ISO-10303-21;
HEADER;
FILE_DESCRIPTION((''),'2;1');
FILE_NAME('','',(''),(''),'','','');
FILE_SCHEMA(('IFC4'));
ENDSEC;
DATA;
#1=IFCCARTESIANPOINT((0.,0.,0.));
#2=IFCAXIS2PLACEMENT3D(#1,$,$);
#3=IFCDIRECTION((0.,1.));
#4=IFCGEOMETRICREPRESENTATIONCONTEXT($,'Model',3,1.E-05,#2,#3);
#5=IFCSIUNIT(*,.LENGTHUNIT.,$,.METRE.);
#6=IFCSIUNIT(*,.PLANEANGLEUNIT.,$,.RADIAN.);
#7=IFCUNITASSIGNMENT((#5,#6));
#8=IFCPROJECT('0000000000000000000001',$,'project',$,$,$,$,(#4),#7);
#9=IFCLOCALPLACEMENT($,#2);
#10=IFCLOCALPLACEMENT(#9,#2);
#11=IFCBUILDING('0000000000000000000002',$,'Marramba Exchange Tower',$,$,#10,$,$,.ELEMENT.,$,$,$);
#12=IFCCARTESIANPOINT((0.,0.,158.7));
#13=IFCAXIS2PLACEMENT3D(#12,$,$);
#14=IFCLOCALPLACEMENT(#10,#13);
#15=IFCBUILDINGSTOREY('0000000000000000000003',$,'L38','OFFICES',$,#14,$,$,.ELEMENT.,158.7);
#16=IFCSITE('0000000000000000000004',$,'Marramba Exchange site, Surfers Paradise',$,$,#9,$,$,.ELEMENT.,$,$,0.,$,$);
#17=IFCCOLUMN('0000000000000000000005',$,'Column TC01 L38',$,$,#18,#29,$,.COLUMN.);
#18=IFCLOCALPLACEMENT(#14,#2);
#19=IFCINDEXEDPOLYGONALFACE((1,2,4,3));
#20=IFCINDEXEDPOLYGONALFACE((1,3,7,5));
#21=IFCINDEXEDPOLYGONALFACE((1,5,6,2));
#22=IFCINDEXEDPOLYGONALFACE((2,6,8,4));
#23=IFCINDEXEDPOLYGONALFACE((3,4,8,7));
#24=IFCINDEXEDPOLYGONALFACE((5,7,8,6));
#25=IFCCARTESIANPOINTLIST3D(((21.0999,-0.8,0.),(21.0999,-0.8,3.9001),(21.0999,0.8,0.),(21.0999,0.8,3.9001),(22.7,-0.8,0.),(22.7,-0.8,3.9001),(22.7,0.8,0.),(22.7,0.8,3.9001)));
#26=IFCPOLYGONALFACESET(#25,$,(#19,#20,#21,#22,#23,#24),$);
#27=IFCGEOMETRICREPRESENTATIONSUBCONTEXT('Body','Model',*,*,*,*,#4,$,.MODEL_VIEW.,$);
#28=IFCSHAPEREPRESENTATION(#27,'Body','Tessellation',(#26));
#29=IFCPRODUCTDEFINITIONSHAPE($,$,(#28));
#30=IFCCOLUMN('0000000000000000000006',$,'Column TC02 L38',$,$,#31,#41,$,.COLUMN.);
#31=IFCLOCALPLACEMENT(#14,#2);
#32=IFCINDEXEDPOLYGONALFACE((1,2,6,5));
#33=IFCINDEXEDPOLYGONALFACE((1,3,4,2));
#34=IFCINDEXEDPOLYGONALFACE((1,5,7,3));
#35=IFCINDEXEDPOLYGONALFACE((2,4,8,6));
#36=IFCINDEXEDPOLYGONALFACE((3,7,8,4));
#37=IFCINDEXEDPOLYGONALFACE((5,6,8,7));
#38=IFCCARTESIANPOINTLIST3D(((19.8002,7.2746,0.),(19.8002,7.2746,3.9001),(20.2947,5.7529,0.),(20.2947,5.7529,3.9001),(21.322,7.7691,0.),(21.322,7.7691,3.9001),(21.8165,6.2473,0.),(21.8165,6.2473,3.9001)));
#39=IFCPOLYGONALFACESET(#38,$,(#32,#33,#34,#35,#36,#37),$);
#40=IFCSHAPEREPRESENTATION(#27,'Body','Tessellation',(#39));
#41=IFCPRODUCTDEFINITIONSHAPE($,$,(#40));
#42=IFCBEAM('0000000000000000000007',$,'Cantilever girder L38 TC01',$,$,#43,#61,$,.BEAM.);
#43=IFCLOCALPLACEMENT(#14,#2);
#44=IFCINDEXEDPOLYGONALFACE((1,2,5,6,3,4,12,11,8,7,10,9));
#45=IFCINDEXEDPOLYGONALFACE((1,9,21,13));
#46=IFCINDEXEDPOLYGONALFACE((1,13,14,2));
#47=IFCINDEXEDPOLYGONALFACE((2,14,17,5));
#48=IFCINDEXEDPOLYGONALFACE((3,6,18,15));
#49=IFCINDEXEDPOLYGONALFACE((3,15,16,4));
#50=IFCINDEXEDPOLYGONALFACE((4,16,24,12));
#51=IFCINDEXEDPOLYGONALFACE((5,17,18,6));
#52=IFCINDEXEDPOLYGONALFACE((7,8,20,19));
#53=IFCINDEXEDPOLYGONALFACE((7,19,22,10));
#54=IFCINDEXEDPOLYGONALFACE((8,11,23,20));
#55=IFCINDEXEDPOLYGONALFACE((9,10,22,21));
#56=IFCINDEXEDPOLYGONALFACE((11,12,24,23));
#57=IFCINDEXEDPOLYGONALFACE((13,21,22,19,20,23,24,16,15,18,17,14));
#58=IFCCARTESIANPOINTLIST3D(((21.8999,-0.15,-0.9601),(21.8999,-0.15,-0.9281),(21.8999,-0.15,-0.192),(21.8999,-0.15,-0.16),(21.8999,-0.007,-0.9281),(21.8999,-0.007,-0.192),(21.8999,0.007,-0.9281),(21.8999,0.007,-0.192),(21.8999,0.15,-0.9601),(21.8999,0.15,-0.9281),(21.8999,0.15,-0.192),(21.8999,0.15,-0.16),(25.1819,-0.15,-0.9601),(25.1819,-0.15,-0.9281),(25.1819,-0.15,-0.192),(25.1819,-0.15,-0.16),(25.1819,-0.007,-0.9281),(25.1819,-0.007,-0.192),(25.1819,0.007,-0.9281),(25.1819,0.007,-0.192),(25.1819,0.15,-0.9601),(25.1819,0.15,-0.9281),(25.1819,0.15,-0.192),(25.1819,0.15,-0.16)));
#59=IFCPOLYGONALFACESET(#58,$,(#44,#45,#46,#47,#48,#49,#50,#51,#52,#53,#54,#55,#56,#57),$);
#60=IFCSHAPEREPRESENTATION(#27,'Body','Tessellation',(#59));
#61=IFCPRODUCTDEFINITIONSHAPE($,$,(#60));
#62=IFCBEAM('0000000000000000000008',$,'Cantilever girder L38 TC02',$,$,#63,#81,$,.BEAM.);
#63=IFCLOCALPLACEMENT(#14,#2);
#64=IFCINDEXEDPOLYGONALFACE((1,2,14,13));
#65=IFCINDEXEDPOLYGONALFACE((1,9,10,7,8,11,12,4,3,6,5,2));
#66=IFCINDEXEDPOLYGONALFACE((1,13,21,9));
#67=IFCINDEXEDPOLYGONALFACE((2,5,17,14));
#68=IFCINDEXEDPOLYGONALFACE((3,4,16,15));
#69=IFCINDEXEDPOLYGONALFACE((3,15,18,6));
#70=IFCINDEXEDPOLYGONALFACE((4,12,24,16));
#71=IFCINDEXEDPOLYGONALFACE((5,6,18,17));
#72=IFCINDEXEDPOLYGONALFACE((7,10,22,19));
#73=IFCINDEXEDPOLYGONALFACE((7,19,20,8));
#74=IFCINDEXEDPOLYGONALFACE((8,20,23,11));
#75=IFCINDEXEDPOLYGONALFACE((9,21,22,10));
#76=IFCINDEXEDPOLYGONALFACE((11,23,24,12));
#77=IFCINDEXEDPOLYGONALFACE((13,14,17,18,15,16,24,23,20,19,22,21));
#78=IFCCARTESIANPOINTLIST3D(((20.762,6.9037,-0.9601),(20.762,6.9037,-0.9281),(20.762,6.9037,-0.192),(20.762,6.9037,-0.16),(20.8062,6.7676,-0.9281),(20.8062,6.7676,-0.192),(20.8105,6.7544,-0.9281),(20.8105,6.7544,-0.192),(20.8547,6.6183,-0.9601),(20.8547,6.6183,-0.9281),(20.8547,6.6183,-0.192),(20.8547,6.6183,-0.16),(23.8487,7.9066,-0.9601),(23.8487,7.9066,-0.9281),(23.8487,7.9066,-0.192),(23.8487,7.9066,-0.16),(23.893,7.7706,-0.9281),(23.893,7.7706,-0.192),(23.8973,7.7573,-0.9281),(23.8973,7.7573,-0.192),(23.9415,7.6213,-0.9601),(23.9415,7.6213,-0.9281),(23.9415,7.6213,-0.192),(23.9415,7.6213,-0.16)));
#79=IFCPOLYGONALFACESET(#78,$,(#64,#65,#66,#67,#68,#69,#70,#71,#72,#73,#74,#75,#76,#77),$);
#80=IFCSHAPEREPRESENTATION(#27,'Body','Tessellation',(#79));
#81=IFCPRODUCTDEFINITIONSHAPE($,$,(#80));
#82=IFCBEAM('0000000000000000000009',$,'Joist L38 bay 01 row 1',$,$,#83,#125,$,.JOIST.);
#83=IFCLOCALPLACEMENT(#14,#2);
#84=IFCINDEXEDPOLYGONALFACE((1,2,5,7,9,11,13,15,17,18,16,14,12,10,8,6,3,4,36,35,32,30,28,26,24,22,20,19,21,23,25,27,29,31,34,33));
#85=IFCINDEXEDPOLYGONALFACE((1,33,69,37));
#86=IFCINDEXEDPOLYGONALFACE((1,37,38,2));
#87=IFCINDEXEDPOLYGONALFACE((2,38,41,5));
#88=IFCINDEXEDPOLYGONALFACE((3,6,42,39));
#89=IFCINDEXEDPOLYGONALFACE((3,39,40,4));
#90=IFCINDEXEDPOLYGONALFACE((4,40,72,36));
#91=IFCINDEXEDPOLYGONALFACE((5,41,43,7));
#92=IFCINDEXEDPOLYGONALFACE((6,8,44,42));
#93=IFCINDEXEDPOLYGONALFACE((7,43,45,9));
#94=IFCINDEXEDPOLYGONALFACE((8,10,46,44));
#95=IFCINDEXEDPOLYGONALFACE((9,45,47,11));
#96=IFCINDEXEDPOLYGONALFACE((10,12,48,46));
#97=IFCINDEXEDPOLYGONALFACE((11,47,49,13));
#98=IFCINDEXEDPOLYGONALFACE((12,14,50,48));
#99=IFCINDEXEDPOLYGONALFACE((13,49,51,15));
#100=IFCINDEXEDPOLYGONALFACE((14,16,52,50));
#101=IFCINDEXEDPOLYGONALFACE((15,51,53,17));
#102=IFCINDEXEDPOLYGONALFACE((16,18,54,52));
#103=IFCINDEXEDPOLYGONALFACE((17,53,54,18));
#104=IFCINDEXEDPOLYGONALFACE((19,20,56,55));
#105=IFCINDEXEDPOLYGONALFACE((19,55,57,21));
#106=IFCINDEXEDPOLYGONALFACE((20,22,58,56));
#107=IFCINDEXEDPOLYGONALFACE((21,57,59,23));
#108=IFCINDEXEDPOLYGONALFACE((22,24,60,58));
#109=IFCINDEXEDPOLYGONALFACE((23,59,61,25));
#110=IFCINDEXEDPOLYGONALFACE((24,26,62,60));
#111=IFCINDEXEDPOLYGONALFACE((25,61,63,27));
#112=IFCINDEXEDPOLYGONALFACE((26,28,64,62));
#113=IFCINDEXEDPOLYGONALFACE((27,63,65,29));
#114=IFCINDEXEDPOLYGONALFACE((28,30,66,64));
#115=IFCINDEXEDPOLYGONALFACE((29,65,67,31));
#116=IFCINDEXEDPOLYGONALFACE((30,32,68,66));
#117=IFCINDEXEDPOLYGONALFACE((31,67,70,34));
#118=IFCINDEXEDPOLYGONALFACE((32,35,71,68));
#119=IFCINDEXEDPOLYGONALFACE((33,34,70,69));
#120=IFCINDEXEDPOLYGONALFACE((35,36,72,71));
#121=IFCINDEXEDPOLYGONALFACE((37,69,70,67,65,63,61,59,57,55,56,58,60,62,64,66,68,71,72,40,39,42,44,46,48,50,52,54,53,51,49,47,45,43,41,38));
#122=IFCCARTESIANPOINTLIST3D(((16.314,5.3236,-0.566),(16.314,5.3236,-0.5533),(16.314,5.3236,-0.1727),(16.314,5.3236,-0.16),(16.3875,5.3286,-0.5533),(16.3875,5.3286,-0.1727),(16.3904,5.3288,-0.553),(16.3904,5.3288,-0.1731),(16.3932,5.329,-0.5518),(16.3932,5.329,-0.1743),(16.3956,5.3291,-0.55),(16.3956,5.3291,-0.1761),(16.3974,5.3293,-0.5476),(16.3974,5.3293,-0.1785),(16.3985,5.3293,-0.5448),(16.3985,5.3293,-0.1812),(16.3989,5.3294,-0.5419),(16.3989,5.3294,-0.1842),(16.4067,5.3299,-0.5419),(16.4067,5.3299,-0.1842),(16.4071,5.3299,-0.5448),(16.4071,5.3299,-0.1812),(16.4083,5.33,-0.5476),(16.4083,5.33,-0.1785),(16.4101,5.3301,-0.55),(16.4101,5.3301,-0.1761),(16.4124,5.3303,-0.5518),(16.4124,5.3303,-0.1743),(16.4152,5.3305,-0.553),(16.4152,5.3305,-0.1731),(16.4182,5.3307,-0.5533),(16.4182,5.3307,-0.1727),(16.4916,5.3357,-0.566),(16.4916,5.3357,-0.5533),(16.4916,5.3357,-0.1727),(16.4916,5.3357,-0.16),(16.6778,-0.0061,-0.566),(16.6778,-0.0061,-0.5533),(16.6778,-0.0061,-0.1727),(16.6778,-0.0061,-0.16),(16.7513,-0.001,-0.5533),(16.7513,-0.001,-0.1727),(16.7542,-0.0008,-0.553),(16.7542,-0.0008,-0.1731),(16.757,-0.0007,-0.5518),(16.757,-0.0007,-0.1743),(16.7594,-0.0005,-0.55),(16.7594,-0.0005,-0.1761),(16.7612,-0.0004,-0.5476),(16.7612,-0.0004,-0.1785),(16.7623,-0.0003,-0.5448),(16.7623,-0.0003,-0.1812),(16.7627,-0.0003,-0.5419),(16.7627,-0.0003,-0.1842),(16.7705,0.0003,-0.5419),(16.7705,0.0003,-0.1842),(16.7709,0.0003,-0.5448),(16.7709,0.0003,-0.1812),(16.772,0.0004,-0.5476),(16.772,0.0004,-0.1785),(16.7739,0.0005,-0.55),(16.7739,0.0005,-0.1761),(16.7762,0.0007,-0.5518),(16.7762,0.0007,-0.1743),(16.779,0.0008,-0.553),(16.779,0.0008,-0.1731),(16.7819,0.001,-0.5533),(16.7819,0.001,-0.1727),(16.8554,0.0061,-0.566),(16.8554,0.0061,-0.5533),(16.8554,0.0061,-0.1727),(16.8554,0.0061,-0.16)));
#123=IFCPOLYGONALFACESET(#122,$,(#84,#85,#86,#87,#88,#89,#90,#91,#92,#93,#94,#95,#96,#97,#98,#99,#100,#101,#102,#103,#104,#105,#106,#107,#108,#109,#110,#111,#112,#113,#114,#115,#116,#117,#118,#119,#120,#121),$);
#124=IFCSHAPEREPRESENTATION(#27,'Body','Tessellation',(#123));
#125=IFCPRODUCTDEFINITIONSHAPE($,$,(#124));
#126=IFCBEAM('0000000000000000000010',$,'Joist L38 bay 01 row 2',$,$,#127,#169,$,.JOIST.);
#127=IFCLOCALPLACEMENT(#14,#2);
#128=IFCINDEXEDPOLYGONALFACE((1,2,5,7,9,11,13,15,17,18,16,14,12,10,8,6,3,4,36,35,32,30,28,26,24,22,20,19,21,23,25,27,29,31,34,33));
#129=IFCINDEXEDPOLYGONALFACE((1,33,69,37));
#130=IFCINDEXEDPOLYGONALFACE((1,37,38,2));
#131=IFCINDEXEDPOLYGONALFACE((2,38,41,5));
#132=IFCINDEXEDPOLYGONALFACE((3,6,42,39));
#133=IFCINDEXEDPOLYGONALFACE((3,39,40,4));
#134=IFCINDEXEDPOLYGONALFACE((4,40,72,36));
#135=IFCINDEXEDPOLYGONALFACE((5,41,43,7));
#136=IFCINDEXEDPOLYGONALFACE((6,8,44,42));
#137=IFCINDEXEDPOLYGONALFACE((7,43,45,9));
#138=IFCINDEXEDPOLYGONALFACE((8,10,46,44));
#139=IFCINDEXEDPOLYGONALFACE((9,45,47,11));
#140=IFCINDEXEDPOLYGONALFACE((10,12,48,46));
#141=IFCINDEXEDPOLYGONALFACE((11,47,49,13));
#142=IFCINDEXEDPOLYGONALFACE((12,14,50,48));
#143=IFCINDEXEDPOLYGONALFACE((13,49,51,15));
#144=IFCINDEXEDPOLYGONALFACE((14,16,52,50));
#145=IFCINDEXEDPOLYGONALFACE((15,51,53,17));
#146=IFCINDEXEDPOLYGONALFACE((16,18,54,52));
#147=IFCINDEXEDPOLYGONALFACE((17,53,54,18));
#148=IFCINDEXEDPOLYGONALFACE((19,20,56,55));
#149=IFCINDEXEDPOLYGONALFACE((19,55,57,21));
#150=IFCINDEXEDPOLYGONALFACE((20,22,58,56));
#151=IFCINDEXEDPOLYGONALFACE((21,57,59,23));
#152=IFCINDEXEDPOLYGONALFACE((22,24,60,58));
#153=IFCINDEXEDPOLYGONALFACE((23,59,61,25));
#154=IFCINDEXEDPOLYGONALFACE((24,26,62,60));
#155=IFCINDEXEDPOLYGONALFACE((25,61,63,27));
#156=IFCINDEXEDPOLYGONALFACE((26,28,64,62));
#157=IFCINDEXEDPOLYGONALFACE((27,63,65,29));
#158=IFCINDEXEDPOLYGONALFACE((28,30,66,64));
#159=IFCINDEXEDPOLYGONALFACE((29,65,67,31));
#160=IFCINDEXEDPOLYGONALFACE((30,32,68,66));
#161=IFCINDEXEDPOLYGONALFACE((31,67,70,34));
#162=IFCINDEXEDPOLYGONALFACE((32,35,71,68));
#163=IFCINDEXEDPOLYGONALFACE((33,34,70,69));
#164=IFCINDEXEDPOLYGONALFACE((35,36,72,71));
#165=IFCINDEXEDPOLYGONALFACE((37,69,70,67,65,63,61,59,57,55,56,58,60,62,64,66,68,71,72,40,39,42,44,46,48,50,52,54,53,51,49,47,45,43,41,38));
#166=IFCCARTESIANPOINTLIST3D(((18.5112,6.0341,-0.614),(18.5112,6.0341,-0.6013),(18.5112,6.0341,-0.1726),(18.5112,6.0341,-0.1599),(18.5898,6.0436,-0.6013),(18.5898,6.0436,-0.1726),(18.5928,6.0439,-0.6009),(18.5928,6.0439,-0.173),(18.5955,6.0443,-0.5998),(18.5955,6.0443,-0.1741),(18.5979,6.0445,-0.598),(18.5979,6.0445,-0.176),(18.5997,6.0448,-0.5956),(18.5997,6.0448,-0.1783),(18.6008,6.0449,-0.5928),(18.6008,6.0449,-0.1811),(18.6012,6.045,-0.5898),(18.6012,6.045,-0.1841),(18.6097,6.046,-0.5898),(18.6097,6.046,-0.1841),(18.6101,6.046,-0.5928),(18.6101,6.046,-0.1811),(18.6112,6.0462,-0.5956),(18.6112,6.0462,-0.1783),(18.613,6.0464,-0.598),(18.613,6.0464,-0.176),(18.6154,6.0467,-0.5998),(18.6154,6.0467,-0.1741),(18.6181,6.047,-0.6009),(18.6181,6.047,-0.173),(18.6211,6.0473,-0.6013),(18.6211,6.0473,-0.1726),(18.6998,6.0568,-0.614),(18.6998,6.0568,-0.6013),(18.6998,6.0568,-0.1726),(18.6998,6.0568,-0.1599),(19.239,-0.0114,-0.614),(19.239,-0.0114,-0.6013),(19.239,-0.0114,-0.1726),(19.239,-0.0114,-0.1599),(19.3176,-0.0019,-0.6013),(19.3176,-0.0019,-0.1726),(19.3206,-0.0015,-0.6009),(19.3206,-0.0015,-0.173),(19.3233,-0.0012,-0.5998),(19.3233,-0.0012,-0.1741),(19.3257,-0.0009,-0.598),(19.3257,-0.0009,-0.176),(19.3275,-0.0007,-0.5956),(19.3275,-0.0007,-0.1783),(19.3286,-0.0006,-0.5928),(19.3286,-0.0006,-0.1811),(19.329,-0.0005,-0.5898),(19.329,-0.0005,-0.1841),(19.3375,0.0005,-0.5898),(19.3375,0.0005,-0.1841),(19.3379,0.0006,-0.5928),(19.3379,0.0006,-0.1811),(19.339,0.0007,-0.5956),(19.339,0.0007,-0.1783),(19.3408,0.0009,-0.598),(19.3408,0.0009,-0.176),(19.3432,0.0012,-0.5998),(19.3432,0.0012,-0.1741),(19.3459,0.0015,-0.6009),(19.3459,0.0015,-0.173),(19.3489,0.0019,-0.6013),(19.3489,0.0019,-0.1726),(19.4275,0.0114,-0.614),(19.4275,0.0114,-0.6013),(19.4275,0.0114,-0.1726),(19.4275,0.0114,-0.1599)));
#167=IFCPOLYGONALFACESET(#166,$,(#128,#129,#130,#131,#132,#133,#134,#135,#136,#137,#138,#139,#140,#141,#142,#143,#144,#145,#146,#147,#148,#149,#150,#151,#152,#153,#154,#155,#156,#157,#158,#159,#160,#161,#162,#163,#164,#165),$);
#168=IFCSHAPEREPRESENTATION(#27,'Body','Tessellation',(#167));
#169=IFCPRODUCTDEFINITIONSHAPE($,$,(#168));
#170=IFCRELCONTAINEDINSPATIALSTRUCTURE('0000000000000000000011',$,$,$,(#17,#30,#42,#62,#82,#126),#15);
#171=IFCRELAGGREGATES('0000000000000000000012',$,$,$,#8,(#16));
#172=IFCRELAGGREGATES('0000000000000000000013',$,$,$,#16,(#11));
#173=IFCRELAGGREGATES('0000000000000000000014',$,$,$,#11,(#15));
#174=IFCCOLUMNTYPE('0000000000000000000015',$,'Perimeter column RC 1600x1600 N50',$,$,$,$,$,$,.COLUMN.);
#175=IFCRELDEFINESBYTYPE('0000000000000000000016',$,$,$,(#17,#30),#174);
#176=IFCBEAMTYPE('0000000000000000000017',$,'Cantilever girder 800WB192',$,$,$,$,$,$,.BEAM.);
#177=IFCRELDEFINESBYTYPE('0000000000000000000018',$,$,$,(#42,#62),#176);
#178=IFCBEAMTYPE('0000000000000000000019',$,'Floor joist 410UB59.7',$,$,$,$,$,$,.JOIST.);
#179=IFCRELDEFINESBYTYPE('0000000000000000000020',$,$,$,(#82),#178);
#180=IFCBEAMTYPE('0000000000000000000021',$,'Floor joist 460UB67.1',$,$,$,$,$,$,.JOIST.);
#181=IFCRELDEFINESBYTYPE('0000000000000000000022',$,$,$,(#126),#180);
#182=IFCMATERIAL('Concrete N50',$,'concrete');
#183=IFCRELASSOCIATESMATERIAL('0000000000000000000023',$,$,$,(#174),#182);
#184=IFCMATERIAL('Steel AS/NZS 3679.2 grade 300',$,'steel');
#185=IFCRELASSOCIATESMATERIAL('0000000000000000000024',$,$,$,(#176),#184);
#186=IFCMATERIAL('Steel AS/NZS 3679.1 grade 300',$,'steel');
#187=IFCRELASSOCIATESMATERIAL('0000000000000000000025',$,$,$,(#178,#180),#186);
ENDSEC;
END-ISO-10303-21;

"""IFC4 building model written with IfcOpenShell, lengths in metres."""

from ifc_helpers import new_model, si_unit, direction, frame, origin, origin_2d, place, context, subcontext, project, spatial, rectangle, i_section, extrude, material, material_profile, profile_set, type_object, element, save


model = new_model("IFC4")

# Units and contexts
model_context = context("Model", 3, precision=1e-05, world=origin(), true_north=direction((0.0, 1.0)))
body_context = subcontext(model_context, "Body", "Model", "MODEL_VIEW")
ifc_project = project(units=[si_unit("LENGTHUNIT", "METRE"), si_unit("PLANEANGLEUNIT", "RADIAN")], contexts=[model_context])

# Site, building, storey
site_placement = place(None, origin())
site = spatial("IfcSite", under=ifc_project, at=site_placement, Name="Marramba Exchange site, Surfers Paradise", CompositionType="ELEMENT", RefElevation=0.0)
building_placement = place(site_placement, origin())
building = spatial("IfcBuilding", under=site, at=building_placement, Name="Marramba Exchange Tower", CompositionType="ELEMENT")
storey_placement = place(building_placement, frame((0.0, 0.0, 158.7)))
storey = spatial("IfcBuildingStorey", under=building, at=storey_placement, Name="L38", Description="OFFICES", CompositionType="ELEMENT", Elevation=158.7)

# Columns
ifc_material_1 = material(Name="Concrete N50", Category="concrete")
ifc_material_profile_1 = material_profile(ifc_material_1, rectangle(XDim=1.6001, YDim=1.6001, at=origin_2d()), Name="RC 1600x1600")
ifc_profile_set_1 = profile_set([ifc_material_profile_1], Name="Concrete N50")
column_type = type_object("IfcColumnType", Name="Perimeter column RC 1600x1600 N50", PredefinedType="COLUMN", material=ifc_profile_set_1)
for number, where, z_axis, x_axis, name in (
    (1, (21.8999, 0.0, 0.0), (0.0, 0.0, 1.0), (1.0, 0.0, 0.0), "Column TC01 L38"),
    (2, (20.8083, 6.761, 0.0), (0.0, 0.0, 1.0), (0.951057, 0.309017, 0.0), "Column TC02 L38"),
):
    element("IfcColumn", number, at=place(storey_placement, frame(where, z_axis=z_axis, x_axis=x_axis)), inside=storey, type_object=column_type, Name=name, PredefinedType="COLUMN", context=body_context, shape_type="SweptSolid", body=[
        extrude(rectangle(XDim=1.6001, YDim=1.6001, at=origin_2d()), origin(), (0.0, 0.0, 1.0), 3.9001),
    ])

# Beams
ifc_material_2 = material(Name="Steel AS/NZS 3679.2 grade 300", Category="steel")
ifc_material_profile_2 = material_profile(ifc_material_2, i_section(OverallWidth=0.3, OverallDepth=0.8, WebThickness=0.0139, FlangeThickness=0.032, at=origin_2d()), Name="800WB192")
ifc_profile_set_2 = profile_set([ifc_material_profile_2], Name="Steel AS/NZS 3679.2 grade 300")
beam_type_1 = type_object("IfcBeamType", Name="Cantilever girder 800WB192", PredefinedType="BEAM", material=ifc_profile_set_2)
beam_1_placement = place(storey_placement, frame((21.8999, 0.0, -0.5601), z_axis=(1.0, 0.0, 0.0), x_axis=(0.0, 1.0, 0.0)))
element("IfcBeam", 3, at=beam_1_placement, inside=storey, type_object=beam_type_1, Name="Cantilever girder L38 TC01", PredefinedType="BEAM", context=body_context, shape_type="SweptSolid", body=[
    extrude(i_section(OverallWidth=0.3, OverallDepth=0.8, WebThickness=0.0139, FlangeThickness=0.032, at=origin_2d()), origin(), (0.0, 0.0, 1.0), 3.282),
])
beam_2_placement = place(storey_placement, frame((20.8083, 6.761, -0.5601), z_axis=(0.951056, 0.30902, 0.0), x_axis=(-0.30902, 0.951056, 0.0)))
element("IfcBeam", 4, at=beam_2_placement, inside=storey, type_object=beam_type_1, Name="Cantilever girder L38 TC02", PredefinedType="BEAM", context=body_context, shape_type="SweptSolid", body=[
    extrude(i_section(OverallWidth=0.3, OverallDepth=0.8, WebThickness=0.0139, FlangeThickness=0.032, at=origin_2d()), origin(), (0.0, 0.0, 1.0), 3.2456),
])
ifc_material_3 = material(Name="Steel AS/NZS 3679.1 grade 300", Category="steel")
ifc_material_profile_3 = material_profile(ifc_material_3, i_section(OverallWidth=0.178, OverallDepth=0.406, WebThickness=0.0078, FlangeThickness=0.0127, FilletRadius=0.0115, at=origin_2d()), Name="410UB59.7")
ifc_profile_set_3 = profile_set([ifc_material_profile_3], Name="Steel AS/NZS 3679.1 grade 300")
beam_type_2 = type_object("IfcBeamType", Name="Floor joist 410UB59.7", PredefinedType="JOIST", material=ifc_profile_set_3)
beam_3_placement = place(storey_placement, frame((16.7666, 0.0, -0.363), z_axis=(-0.068096, 0.997679, 0.0), x_axis=(-0.997679, -0.068096, 0.0)))
element("IfcBeam", 5, at=beam_3_placement, inside=storey, type_object=beam_type_2, Name="Joist L38 bay 01 row 1", PredefinedType="JOIST", context=body_context, shape_type="SweptSolid", body=[
    extrude(i_section(OverallWidth=0.178, OverallDepth=0.406, WebThickness=0.0078, FlangeThickness=0.0127, FilletRadius=0.0115, at=origin_2d()), origin(), (0.0, 0.0, 1.0), 5.342),
])
ifc_material_profile_4 = material_profile(ifc_material_3, i_section(OverallWidth=0.1899, OverallDepth=0.4541, WebThickness=0.0085, FlangeThickness=0.0127, FilletRadius=0.0115, at=origin_2d()), Name="460UB67.1")
ifc_profile_set_4 = profile_set([ifc_material_profile_4], Name="Steel AS/NZS 3679.1 grade 300")
beam_type_3 = type_object("IfcBeamType", Name="Floor joist 460UB67.1", PredefinedType="JOIST", material=ifc_profile_set_4)
beam_4_placement = place(storey_placement, frame((19.3333, 0.0, -0.387), z_axis=(-0.119523, 0.992831, 0.0), x_axis=(-0.992831, -0.119523, 0.0)))
element("IfcBeam", 6, at=beam_4_placement, inside=storey, type_object=beam_type_3, Name="Joist L38 bay 01 row 2", PredefinedType="JOIST", context=body_context, shape_type="SweptSolid", body=[
    extrude(i_section(OverallWidth=0.1899, OverallDepth=0.4541, WebThickness=0.0085, FlangeThickness=0.0127, FilletRadius=0.0115, at=origin_2d()), origin(), (0.0, 0.0, 1.0), 6.0891),
])

save(model, "model.ifc")
